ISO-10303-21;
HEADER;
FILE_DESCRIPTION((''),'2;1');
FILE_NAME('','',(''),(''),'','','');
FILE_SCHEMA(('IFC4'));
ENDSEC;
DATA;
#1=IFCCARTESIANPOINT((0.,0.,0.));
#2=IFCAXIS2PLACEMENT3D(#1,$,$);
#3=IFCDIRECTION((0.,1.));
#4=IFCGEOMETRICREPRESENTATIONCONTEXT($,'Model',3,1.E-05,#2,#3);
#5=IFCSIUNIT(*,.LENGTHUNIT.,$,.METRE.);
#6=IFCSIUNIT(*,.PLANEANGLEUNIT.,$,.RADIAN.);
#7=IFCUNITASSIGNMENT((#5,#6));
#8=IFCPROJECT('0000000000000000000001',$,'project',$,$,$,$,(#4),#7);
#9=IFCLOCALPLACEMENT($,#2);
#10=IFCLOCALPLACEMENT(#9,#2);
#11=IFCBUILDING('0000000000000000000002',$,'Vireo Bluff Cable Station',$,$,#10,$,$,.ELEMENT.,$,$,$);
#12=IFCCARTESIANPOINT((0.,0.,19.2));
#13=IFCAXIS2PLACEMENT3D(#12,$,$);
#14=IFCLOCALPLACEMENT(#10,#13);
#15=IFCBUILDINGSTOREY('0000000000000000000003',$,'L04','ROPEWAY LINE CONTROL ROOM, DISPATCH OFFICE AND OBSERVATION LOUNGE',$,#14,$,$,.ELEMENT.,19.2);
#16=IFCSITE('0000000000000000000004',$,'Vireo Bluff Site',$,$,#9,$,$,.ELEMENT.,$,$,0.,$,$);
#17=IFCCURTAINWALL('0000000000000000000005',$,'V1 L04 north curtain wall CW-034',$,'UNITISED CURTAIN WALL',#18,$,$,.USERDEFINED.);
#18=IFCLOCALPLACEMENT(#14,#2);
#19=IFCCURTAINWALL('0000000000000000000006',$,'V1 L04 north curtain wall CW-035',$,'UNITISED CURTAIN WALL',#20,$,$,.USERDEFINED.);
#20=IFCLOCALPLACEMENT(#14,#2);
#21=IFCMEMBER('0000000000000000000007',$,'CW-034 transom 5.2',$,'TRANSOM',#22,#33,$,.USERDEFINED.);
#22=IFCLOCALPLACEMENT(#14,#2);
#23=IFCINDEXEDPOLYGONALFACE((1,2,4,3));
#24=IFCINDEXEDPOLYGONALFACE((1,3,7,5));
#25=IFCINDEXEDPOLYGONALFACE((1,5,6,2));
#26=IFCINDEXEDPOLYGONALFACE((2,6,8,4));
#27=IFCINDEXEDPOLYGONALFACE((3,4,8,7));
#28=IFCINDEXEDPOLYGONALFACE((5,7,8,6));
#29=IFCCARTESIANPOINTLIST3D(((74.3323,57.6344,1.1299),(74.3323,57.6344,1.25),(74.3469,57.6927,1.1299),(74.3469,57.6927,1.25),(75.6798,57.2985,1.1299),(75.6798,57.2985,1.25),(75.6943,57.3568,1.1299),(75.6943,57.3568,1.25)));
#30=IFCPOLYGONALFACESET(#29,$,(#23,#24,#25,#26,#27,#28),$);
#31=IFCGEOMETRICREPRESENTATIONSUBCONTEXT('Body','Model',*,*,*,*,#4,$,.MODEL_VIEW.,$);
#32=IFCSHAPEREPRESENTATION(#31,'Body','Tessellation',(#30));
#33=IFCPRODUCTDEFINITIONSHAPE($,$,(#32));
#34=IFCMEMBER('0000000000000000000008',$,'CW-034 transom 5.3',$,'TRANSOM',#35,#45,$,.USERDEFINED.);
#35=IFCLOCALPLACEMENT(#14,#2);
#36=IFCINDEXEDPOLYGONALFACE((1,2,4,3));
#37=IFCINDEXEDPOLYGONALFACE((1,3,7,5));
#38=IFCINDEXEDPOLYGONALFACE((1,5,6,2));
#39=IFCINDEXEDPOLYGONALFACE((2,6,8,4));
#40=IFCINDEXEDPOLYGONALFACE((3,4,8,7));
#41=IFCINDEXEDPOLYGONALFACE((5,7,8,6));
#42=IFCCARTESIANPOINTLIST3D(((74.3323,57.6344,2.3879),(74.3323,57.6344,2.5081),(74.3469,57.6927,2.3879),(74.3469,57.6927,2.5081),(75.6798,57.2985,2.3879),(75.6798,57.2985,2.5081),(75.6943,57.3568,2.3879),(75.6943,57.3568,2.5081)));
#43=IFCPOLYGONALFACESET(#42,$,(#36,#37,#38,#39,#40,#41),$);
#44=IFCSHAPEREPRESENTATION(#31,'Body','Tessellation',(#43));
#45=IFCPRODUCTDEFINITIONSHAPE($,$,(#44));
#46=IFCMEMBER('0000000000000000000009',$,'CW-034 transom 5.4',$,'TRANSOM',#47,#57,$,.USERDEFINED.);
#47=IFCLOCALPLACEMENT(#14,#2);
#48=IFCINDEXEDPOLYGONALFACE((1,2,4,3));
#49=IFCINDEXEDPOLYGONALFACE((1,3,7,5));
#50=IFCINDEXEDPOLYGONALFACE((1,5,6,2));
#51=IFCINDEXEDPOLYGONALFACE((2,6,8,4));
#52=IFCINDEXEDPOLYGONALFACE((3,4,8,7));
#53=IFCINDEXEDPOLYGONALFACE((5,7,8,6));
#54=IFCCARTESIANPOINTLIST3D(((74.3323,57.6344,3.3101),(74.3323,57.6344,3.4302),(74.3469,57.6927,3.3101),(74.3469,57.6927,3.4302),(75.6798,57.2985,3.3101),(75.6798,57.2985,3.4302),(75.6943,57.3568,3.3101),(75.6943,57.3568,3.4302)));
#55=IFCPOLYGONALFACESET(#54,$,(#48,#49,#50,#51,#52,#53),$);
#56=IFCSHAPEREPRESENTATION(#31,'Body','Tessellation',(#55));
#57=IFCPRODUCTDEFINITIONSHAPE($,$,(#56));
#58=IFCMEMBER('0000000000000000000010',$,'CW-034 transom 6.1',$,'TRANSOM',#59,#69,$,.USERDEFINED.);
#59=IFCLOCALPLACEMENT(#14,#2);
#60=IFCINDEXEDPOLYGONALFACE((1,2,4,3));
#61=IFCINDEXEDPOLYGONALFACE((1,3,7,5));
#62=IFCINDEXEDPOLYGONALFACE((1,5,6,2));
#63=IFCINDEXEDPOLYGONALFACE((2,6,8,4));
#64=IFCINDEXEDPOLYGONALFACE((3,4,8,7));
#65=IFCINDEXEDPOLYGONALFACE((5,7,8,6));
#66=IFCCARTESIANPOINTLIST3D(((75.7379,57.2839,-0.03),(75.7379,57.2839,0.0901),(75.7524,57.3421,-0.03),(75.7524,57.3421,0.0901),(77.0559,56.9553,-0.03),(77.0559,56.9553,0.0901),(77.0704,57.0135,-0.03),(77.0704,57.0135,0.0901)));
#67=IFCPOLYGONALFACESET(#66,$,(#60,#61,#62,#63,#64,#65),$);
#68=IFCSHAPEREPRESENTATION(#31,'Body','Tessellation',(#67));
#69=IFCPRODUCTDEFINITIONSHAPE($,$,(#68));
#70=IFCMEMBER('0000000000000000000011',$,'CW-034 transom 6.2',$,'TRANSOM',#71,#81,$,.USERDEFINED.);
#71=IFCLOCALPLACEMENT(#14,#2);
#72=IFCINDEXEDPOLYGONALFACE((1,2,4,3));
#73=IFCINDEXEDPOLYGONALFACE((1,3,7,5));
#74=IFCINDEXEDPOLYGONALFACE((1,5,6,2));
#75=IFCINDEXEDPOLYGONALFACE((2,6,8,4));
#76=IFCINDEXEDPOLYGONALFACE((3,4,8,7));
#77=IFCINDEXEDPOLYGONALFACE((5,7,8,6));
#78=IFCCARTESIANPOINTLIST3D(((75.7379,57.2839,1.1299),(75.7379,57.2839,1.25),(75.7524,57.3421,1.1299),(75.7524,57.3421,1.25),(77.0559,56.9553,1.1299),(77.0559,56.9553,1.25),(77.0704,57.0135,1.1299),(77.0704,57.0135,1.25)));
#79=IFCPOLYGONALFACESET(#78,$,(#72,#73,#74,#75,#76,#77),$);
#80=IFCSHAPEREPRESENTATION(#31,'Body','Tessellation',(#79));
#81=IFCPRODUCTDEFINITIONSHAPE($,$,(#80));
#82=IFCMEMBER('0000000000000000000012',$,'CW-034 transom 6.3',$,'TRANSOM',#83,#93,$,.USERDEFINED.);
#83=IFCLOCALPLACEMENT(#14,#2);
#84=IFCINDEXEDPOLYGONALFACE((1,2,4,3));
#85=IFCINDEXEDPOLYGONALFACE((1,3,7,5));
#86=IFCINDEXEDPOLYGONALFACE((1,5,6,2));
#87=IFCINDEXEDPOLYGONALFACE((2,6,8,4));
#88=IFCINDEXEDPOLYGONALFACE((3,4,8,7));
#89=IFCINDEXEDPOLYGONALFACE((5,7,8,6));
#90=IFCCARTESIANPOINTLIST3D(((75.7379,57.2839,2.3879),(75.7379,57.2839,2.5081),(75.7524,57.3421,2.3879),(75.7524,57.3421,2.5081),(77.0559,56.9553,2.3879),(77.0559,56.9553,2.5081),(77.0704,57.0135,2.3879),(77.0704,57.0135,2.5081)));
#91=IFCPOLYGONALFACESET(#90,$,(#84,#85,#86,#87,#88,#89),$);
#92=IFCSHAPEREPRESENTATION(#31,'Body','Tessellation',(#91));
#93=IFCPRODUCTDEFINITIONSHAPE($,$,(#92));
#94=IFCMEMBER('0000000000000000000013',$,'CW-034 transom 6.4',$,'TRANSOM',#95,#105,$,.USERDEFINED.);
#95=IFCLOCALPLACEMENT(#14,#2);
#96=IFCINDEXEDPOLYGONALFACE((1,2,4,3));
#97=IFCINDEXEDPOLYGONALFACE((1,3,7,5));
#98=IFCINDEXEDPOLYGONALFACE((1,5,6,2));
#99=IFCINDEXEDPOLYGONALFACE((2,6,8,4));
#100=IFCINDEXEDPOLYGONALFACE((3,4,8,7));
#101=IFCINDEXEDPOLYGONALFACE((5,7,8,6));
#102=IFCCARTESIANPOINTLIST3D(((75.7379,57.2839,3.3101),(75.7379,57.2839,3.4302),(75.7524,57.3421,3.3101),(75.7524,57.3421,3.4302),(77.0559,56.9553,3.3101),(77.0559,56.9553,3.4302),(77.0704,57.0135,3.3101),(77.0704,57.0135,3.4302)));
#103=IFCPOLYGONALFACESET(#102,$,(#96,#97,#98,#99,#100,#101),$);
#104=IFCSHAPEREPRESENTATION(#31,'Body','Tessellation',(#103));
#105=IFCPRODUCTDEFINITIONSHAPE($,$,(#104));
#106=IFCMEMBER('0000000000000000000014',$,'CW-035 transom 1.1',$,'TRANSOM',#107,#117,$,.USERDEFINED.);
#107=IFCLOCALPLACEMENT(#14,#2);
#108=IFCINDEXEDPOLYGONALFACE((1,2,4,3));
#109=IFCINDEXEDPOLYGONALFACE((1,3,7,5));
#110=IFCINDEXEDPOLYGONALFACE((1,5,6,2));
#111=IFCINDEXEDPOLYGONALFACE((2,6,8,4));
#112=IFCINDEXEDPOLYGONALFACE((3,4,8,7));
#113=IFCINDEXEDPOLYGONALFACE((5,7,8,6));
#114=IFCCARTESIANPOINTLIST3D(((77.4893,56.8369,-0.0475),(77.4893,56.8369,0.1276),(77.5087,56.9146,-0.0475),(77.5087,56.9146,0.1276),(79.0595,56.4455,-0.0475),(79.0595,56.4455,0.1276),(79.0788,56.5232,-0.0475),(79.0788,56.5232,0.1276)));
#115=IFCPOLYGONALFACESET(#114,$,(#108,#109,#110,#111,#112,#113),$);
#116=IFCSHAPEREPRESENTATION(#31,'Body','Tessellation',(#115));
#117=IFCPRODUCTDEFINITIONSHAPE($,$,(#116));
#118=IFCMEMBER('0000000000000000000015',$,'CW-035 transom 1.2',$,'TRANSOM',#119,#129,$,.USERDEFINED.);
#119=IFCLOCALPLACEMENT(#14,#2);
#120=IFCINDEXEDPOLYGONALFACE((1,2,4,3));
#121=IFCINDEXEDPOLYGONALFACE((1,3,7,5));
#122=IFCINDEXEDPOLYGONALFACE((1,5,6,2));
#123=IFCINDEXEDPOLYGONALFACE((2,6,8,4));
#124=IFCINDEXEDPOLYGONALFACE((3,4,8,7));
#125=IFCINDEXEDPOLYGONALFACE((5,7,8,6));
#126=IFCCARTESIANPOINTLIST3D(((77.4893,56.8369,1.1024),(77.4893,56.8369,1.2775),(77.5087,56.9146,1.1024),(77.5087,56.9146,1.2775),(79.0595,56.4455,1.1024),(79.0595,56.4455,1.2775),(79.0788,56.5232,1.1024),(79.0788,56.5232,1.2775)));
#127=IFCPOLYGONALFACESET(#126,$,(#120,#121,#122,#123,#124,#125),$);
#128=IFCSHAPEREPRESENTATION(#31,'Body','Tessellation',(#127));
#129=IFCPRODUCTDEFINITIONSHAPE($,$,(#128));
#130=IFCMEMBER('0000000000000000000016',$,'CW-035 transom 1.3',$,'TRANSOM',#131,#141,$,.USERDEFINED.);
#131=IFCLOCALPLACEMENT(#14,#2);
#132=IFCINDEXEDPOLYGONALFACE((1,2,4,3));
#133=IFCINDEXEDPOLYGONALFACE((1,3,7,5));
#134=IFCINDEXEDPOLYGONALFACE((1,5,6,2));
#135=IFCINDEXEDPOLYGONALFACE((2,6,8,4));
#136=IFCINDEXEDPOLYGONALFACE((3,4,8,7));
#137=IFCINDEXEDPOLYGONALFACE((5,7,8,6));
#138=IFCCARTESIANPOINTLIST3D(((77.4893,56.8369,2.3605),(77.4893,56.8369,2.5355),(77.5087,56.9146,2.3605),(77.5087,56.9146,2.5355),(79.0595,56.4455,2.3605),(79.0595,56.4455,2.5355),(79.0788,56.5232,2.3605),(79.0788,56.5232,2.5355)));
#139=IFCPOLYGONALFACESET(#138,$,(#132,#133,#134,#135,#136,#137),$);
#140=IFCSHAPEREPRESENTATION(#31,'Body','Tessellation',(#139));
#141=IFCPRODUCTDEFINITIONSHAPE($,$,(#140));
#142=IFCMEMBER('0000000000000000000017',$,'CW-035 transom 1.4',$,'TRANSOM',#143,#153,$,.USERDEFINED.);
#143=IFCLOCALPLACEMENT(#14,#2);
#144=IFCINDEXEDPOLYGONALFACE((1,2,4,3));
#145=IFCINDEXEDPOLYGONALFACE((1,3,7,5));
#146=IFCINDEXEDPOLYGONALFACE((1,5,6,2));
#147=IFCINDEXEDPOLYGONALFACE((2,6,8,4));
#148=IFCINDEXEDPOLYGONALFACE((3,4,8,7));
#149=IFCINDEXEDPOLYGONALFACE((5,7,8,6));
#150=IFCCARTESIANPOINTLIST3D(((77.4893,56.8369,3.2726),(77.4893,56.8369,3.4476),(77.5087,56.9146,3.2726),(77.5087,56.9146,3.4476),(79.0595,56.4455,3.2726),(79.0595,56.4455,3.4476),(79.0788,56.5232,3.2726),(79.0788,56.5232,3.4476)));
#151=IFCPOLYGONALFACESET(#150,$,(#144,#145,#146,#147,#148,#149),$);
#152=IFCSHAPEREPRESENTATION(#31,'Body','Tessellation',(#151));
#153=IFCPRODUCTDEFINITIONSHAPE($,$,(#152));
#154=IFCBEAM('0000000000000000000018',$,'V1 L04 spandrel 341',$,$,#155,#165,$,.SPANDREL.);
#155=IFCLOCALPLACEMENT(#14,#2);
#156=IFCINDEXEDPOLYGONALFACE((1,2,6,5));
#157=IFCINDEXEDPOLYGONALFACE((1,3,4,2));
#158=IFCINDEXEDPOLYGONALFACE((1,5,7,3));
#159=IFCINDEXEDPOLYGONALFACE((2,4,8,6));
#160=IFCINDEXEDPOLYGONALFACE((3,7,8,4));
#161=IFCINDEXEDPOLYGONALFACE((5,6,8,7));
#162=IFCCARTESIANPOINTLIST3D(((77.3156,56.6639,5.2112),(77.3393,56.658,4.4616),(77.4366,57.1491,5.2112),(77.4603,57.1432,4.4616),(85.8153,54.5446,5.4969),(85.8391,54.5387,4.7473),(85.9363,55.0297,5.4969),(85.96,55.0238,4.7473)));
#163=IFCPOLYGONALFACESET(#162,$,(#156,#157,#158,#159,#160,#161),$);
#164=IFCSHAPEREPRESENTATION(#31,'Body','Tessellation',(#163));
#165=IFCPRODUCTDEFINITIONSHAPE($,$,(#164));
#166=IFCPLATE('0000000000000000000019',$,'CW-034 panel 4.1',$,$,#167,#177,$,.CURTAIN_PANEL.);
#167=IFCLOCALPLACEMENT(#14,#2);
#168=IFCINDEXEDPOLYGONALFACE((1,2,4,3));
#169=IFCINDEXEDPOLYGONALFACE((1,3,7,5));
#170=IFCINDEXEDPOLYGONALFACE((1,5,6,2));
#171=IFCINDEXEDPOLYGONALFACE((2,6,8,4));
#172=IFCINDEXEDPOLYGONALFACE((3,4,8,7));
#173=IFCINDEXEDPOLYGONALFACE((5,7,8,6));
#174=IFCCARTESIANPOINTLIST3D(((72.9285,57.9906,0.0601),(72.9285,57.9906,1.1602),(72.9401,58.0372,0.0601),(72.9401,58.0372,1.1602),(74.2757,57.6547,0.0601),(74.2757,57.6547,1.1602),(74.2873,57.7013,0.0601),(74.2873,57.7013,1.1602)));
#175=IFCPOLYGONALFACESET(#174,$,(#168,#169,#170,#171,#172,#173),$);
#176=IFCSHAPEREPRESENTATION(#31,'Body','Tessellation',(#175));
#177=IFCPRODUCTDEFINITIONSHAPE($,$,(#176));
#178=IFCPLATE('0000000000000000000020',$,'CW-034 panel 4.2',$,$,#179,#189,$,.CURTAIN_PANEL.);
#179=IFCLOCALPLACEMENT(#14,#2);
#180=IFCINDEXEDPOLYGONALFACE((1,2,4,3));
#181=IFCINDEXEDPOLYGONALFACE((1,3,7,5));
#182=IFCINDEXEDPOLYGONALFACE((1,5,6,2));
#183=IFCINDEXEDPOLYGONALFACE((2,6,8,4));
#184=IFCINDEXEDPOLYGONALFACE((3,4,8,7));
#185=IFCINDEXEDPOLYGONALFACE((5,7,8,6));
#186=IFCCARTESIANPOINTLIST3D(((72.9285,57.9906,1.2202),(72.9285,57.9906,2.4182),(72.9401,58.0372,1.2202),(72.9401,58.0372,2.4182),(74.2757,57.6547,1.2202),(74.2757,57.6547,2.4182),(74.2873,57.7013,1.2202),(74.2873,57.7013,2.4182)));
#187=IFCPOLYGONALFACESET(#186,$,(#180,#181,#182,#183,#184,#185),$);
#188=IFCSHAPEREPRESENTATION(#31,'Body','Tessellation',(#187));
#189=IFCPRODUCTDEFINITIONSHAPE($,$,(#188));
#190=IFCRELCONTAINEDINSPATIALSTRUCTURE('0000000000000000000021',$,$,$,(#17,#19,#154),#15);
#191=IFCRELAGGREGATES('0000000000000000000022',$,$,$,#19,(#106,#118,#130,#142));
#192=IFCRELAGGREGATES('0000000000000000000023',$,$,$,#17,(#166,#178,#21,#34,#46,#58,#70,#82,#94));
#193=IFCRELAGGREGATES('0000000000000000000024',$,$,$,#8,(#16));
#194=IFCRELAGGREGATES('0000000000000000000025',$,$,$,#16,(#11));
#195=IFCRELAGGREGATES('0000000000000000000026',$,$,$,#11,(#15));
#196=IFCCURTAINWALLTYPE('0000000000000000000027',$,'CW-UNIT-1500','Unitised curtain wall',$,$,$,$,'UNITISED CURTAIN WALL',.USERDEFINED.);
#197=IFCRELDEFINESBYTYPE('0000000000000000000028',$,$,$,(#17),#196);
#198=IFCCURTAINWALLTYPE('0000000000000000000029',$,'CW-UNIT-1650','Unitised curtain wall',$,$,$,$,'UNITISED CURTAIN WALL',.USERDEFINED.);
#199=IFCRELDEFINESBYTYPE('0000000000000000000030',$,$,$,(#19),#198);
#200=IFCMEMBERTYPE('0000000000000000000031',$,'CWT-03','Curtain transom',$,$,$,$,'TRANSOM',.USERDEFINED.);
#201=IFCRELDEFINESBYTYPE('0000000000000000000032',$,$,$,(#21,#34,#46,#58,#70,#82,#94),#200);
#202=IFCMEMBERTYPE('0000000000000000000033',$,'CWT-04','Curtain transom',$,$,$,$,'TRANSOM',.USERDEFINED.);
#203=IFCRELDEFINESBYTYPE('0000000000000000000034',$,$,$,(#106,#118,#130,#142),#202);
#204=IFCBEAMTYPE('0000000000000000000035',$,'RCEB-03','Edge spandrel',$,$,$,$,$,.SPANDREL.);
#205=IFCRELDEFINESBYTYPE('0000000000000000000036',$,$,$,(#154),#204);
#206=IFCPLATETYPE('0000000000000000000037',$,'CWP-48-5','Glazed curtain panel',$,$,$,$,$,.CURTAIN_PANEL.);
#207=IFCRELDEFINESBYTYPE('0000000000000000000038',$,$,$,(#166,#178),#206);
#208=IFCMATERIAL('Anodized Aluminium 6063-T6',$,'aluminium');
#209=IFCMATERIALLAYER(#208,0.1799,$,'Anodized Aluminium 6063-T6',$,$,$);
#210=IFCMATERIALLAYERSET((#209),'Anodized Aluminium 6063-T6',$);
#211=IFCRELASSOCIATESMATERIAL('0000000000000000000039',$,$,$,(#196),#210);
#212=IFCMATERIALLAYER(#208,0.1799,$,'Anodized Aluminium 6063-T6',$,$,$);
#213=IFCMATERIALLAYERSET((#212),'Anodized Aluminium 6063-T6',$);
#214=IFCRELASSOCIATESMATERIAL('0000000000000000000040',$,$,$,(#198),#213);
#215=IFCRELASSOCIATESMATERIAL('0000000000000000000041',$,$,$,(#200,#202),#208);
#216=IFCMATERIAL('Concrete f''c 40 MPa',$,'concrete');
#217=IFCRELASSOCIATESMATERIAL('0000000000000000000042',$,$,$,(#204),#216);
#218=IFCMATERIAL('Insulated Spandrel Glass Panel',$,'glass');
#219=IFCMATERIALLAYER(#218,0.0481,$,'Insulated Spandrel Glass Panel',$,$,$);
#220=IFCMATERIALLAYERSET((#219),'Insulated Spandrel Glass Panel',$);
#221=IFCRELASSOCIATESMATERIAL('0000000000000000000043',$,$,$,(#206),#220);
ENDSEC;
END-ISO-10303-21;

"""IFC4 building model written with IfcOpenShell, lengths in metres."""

from ifc_helpers import new_model, si_unit, direction, frame, origin, origin_2d, place, context, subcontext, project, spatial, rectangle, extrude, material, layer, layer_set, material_profile, profile_set, type_object, element, aggregate, save


model = new_model("IFC4")

# Units and contexts
model_context = context("Model", 3, precision=1e-05, world=origin(), true_north=direction((0.0, 1.0)))
body_context = subcontext(model_context, "Body", "Model", "MODEL_VIEW")
ifc_project = project(units=[si_unit("LENGTHUNIT", "METRE"), si_unit("PLANEANGLEUNIT", "RADIAN")], contexts=[model_context])

# Site, building, storey
site_placement = place(None, origin())
site = spatial("IfcSite", under=ifc_project, at=site_placement, Name="Vireo Bluff Site", CompositionType="ELEMENT", RefElevation=0.0)
building_placement = place(site_placement, origin())
building = spatial("IfcBuilding", under=site, at=building_placement, Name="Vireo Bluff Cable Station", CompositionType="ELEMENT")
storey_placement = place(building_placement, frame((0.0, 0.0, 19.2)))
storey = spatial("IfcBuildingStorey", under=building, at=storey_placement, Name="L04", Description="ROPEWAY LINE CONTROL ROOM, DISPATCH OFFICE AND OBSERVATION LOUNGE", CompositionType="ELEMENT", Elevation=19.2)

# Curtain wall
ifc_material_1 = material(Name="Anodized Aluminium 6063-T6", Category="aluminium")
ifc_layer_1 = layer(ifc_material_1, 0.1799, Name="Anodized Aluminium 6063-T6")
ifc_layer_set_1 = layer_set([ifc_layer_1], Name="Anodized Aluminium 6063-T6")
curtain_wall_type_1 = type_object("IfcCurtainWallType", Name="CW-UNIT-1500", Description="Unitised curtain wall", ElementType="UNITISED CURTAIN WALL", PredefinedType="USERDEFINED", material=ifc_layer_set_1)
curtain_wall_1_placement = place(storey_placement, origin())
curtain_wall_1 = element("IfcCurtainWall", 1, at=curtain_wall_1_placement, inside=storey, type_object=curtain_wall_type_1, Name="V1 L04 north curtain wall CW-034", ObjectType="UNITISED CURTAIN WALL", PredefinedType="USERDEFINED")

# Curtain wall
ifc_layer_2 = layer(ifc_material_1, 0.1799, Name="Anodized Aluminium 6063-T6")
ifc_layer_set_2 = layer_set([ifc_layer_2], Name="Anodized Aluminium 6063-T6")
curtain_wall_type_2 = type_object("IfcCurtainWallType", Name="CW-UNIT-1650", Description="Unitised curtain wall", ElementType="UNITISED CURTAIN WALL", PredefinedType="USERDEFINED", material=ifc_layer_set_2)
curtain_wall_2_placement = place(storey_placement, origin())
curtain_wall_2 = element("IfcCurtainWall", 2, at=curtain_wall_2_placement, inside=storey, type_object=curtain_wall_type_2, Name="V1 L04 north curtain wall CW-035", ObjectType="UNITISED CURTAIN WALL", PredefinedType="USERDEFINED")

# Members
ifc_material_profile_1 = material_profile(ifc_material_1, rectangle(XDim=0.0601, YDim=0.1201, at=origin_2d()), Name="ALU-T-60X120")
ifc_profile_set_1 = profile_set([ifc_material_profile_1], Name="Anodized Aluminium 6063-T6")
member_type_1 = type_object("IfcMemberType", Name="CWT-03", Description="Curtain transom", ElementType="TRANSOM", PredefinedType="USERDEFINED", material=ifc_profile_set_1)
member_1_placement = place(storey_placement, frame((74.3396, 57.6636, 1.1899), z_axis=(0.970297, -0.241915, 0.0), x_axis=(0.241915, 0.970297, 0.0)))
member_1 = element("IfcMember", 3, at=member_1_placement, type_object=member_type_1, Name="CW-034 transom 5.2", ObjectType="TRANSOM", PredefinedType="USERDEFINED", context=body_context, shape_type="SweptSolid", body=[
    extrude(rectangle(XDim=0.0601, YDim=0.1201, at=origin_2d()), origin(), (0.0, 0.0, 1.0), 1.3887),
])
member_2_placement = place(storey_placement, frame((74.3396, 57.6636, 2.448), z_axis=(0.970297, -0.241915, 0.0), x_axis=(0.241915, 0.970297, 0.0)))
member_2 = element("IfcMember", 4, at=member_2_placement, type_object=member_type_1, Name="CW-034 transom 5.3", ObjectType="TRANSOM", PredefinedType="USERDEFINED", context=body_context, shape_type="SweptSolid", body=[
    extrude(rectangle(XDim=0.0601, YDim=0.1201, at=origin_2d()), origin(), (0.0, 0.0, 1.0), 1.3887),
])
member_3_placement = place(storey_placement, frame((74.3396, 57.6636, 3.3701), z_axis=(0.970297, -0.241915, 0.0), x_axis=(0.241915, 0.970297, 0.0)))
member_3 = element("IfcMember", 5, at=member_3_placement, type_object=member_type_1, Name="CW-034 transom 5.4", ObjectType="TRANSOM", PredefinedType="USERDEFINED", context=body_context, shape_type="SweptSolid", body=[
    extrude(rectangle(XDim=0.0601, YDim=0.1201, at=origin_2d()), origin(), (0.0, 0.0, 1.0), 1.3887),
])
member_4_placement = place(storey_placement, frame((75.7451, 57.313, 0.03), z_axis=(0.970301, -0.241901, 0.0), x_axis=(0.241901, 0.970301, 0.0)))
member_4 = element("IfcMember", 6, at=member_4_placement, type_object=member_type_1, Name="CW-034 transom 6.1", ObjectType="TRANSOM", PredefinedType="USERDEFINED", context=body_context, shape_type="SweptSolid", body=[
    extrude(rectangle(XDim=0.0601, YDim=0.1201, at=origin_2d()), origin(), (0.0, 0.0, 1.0), 1.3584),
])
member_5_placement = place(storey_placement, frame((75.7451, 57.313, 1.1899), z_axis=(0.970301, -0.241901, 0.0), x_axis=(0.241901, 0.970301, 0.0)))
member_5 = element("IfcMember", 7, at=member_5_placement, type_object=member_type_1, Name="CW-034 transom 6.2", ObjectType="TRANSOM", PredefinedType="USERDEFINED", context=body_context, shape_type="SweptSolid", body=[
    extrude(rectangle(XDim=0.0601, YDim=0.1201, at=origin_2d()), origin(), (0.0, 0.0, 1.0), 1.3584),
])
member_6_placement = place(storey_placement, frame((75.7451, 57.313, 2.448), z_axis=(0.970301, -0.241901, 0.0), x_axis=(0.241901, 0.970301, 0.0)))
member_6 = element("IfcMember", 8, at=member_6_placement, type_object=member_type_1, Name="CW-034 transom 6.3", ObjectType="TRANSOM", PredefinedType="USERDEFINED", context=body_context, shape_type="SweptSolid", body=[
    extrude(rectangle(XDim=0.0601, YDim=0.1201, at=origin_2d()), origin(), (0.0, 0.0, 1.0), 1.3584),
])
member_7_placement = place(storey_placement, frame((75.7451, 57.313, 3.3701), z_axis=(0.970301, -0.241901, 0.0), x_axis=(0.241901, 0.970301, 0.0)))
member_7 = element("IfcMember", 9, at=member_7_placement, type_object=member_type_1, Name="CW-034 transom 6.4", ObjectType="TRANSOM", PredefinedType="USERDEFINED", context=body_context, shape_type="SweptSolid", body=[
    extrude(rectangle(XDim=0.0601, YDim=0.1201, at=origin_2d()), origin(), (0.0, 0.0, 1.0), 1.3584),
])
ifc_material_profile_2 = material_profile(ifc_material_1, rectangle(XDim=0.0801, YDim=0.175, at=origin_2d()), Name="ALU-T-80X175")
ifc_profile_set_2 = profile_set([ifc_material_profile_2], Name="Anodized Aluminium 6063-T6")
member_type_2 = type_object("IfcMemberType", Name="CWT-04", Description="Curtain transom", ElementType="TRANSOM", PredefinedType="USERDEFINED", material=ifc_profile_set_2)
member_8_placement = place(storey_placement, frame((77.499, 56.8757, 0.04), z_axis=(0.970311, -0.241861, 0.0), x_axis=(0.241861, 0.970311, 0.0)))
member_8 = element("IfcMember", 10, at=member_8_placement, type_object=member_type_2, Name="CW-035 transom 1.1", ObjectType="TRANSOM", PredefinedType="USERDEFINED", context=body_context, shape_type="SweptSolid", body=[
    extrude(rectangle(XDim=0.0801, YDim=0.175, at=origin_2d()), origin(), (0.0, 0.0, 1.0), 1.6182),
])
member_9_placement = place(storey_placement, frame((77.499, 56.8757, 1.1899), z_axis=(0.970311, -0.241861, 0.0), x_axis=(0.241861, 0.970311, 0.0)))
member_9 = element("IfcMember", 11, at=member_9_placement, type_object=member_type_2, Name="CW-035 transom 1.2", ObjectType="TRANSOM", PredefinedType="USERDEFINED", context=body_context, shape_type="SweptSolid", body=[
    extrude(rectangle(XDim=0.0801, YDim=0.175, at=origin_2d()), origin(), (0.0, 0.0, 1.0), 1.6182),
])
member_10_placement = place(storey_placement, frame((77.499, 56.8757, 2.448), z_axis=(0.970311, -0.241861, 0.0), x_axis=(0.241861, 0.970311, 0.0)))
member_10 = element("IfcMember", 12, at=member_10_placement, type_object=member_type_2, Name="CW-035 transom 1.3", ObjectType="TRANSOM", PredefinedType="USERDEFINED", context=body_context, shape_type="SweptSolid", body=[
    extrude(rectangle(XDim=0.0801, YDim=0.175, at=origin_2d()), origin(), (0.0, 0.0, 1.0), 1.6182),
])
member_11_placement = place(storey_placement, frame((77.499, 56.8757, 3.3601), z_axis=(0.970311, -0.241861, 0.0), x_axis=(0.241861, 0.970311, 0.0)))
member_11 = element("IfcMember", 13, at=member_11_placement, type_object=member_type_2, Name="CW-035 transom 1.4", ObjectType="TRANSOM", PredefinedType="USERDEFINED", context=body_context, shape_type="SweptSolid", body=[
    extrude(rectangle(XDim=0.0801, YDim=0.175, at=origin_2d()), origin(), (0.0, 0.0, 1.0), 1.6182),
])
aggregate(curtain_wall_2, [member_8, member_9, member_10, member_11])

# Beam
ifc_material_2 = material(Name="Concrete f'c 40 MPa", Category="concrete")
ifc_material_profile_3 = material_profile(ifc_material_2, rectangle(XDim=0.5, YDim=0.75, at=origin_2d()), Name="RC-EB-500X750")
ifc_profile_set_3 = profile_set([ifc_material_profile_3], Name="Concrete f'c 40 MPa")
beam_type = type_object("IfcBeamType", Name="RCEB-03", Description="Edge spandrel", PredefinedType="SPANDREL", material=ifc_profile_set_3)
beam_placement = place(storey_placement, frame((77.3879, 56.9036, 4.8364), z_axis=(0.969776, -0.24181, 0.03259), x_axis=(0.241939, 0.970292, 0.0)))
element("IfcBeam", 14, at=beam_placement, inside=storey, type_object=beam_type, Name="V1 L04 spandrel 341", PredefinedType="SPANDREL", context=body_context, shape_type="SweptSolid", body=[
    extrude(rectangle(XDim=0.5, YDim=0.75, at=origin_2d()), origin(), (0.0, 0.0, 1.0), 8.7646),
])

# Plates
ifc_material_3 = material(Name="Insulated Spandrel Glass Panel", Category="glass")
ifc_layer_3 = layer(ifc_material_3, 0.0481, Name="Insulated Spandrel Glass Panel")
ifc_layer_set_3 = layer_set([ifc_layer_3], Name="Insulated Spandrel Glass Panel")
plate_type = type_object("IfcPlateType", Name="CWP-48-5", Description="Glazed curtain panel", PredefinedType="CURTAIN_PANEL", material=ifc_layer_set_3)
plate_1_placement = place(storey_placement, frame((73.6079, 57.8459, 0.0601), z_axis=(0.0, 0.0, 1.0), x_axis=(0.970296, -0.241922, 0.0)))
plate_1 = element("IfcPlate", 15, at=plate_1_placement, type_object=plate_type, Name="CW-034 panel 4.1", PredefinedType="CURTAIN_PANEL", context=body_context, shape_type="SweptSolid", body=[
    extrude(rectangle(XDim=1.3884, YDim=0.0481, at=origin_2d()), origin(), (0.0, 0.0, 1.0), 1.1001),
])
plate_2_placement = place(storey_placement, frame((73.6079, 57.8459, 1.2202), z_axis=(0.0, 0.0, 1.0), x_axis=(0.970296, -0.241922, 0.0)))
plate_2 = element("IfcPlate", 16, at=plate_2_placement, type_object=plate_type, Name="CW-034 panel 4.2", PredefinedType="CURTAIN_PANEL", context=body_context, shape_type="SweptSolid", body=[
    extrude(rectangle(XDim=1.3884, YDim=0.0481, at=origin_2d()), origin(), (0.0, 0.0, 1.0), 1.198),
])
aggregate(curtain_wall_1, [plate_1, plate_2, member_1, member_2, member_3, member_4, member_5, member_6, member_7])

save(model, "model.ifc")
